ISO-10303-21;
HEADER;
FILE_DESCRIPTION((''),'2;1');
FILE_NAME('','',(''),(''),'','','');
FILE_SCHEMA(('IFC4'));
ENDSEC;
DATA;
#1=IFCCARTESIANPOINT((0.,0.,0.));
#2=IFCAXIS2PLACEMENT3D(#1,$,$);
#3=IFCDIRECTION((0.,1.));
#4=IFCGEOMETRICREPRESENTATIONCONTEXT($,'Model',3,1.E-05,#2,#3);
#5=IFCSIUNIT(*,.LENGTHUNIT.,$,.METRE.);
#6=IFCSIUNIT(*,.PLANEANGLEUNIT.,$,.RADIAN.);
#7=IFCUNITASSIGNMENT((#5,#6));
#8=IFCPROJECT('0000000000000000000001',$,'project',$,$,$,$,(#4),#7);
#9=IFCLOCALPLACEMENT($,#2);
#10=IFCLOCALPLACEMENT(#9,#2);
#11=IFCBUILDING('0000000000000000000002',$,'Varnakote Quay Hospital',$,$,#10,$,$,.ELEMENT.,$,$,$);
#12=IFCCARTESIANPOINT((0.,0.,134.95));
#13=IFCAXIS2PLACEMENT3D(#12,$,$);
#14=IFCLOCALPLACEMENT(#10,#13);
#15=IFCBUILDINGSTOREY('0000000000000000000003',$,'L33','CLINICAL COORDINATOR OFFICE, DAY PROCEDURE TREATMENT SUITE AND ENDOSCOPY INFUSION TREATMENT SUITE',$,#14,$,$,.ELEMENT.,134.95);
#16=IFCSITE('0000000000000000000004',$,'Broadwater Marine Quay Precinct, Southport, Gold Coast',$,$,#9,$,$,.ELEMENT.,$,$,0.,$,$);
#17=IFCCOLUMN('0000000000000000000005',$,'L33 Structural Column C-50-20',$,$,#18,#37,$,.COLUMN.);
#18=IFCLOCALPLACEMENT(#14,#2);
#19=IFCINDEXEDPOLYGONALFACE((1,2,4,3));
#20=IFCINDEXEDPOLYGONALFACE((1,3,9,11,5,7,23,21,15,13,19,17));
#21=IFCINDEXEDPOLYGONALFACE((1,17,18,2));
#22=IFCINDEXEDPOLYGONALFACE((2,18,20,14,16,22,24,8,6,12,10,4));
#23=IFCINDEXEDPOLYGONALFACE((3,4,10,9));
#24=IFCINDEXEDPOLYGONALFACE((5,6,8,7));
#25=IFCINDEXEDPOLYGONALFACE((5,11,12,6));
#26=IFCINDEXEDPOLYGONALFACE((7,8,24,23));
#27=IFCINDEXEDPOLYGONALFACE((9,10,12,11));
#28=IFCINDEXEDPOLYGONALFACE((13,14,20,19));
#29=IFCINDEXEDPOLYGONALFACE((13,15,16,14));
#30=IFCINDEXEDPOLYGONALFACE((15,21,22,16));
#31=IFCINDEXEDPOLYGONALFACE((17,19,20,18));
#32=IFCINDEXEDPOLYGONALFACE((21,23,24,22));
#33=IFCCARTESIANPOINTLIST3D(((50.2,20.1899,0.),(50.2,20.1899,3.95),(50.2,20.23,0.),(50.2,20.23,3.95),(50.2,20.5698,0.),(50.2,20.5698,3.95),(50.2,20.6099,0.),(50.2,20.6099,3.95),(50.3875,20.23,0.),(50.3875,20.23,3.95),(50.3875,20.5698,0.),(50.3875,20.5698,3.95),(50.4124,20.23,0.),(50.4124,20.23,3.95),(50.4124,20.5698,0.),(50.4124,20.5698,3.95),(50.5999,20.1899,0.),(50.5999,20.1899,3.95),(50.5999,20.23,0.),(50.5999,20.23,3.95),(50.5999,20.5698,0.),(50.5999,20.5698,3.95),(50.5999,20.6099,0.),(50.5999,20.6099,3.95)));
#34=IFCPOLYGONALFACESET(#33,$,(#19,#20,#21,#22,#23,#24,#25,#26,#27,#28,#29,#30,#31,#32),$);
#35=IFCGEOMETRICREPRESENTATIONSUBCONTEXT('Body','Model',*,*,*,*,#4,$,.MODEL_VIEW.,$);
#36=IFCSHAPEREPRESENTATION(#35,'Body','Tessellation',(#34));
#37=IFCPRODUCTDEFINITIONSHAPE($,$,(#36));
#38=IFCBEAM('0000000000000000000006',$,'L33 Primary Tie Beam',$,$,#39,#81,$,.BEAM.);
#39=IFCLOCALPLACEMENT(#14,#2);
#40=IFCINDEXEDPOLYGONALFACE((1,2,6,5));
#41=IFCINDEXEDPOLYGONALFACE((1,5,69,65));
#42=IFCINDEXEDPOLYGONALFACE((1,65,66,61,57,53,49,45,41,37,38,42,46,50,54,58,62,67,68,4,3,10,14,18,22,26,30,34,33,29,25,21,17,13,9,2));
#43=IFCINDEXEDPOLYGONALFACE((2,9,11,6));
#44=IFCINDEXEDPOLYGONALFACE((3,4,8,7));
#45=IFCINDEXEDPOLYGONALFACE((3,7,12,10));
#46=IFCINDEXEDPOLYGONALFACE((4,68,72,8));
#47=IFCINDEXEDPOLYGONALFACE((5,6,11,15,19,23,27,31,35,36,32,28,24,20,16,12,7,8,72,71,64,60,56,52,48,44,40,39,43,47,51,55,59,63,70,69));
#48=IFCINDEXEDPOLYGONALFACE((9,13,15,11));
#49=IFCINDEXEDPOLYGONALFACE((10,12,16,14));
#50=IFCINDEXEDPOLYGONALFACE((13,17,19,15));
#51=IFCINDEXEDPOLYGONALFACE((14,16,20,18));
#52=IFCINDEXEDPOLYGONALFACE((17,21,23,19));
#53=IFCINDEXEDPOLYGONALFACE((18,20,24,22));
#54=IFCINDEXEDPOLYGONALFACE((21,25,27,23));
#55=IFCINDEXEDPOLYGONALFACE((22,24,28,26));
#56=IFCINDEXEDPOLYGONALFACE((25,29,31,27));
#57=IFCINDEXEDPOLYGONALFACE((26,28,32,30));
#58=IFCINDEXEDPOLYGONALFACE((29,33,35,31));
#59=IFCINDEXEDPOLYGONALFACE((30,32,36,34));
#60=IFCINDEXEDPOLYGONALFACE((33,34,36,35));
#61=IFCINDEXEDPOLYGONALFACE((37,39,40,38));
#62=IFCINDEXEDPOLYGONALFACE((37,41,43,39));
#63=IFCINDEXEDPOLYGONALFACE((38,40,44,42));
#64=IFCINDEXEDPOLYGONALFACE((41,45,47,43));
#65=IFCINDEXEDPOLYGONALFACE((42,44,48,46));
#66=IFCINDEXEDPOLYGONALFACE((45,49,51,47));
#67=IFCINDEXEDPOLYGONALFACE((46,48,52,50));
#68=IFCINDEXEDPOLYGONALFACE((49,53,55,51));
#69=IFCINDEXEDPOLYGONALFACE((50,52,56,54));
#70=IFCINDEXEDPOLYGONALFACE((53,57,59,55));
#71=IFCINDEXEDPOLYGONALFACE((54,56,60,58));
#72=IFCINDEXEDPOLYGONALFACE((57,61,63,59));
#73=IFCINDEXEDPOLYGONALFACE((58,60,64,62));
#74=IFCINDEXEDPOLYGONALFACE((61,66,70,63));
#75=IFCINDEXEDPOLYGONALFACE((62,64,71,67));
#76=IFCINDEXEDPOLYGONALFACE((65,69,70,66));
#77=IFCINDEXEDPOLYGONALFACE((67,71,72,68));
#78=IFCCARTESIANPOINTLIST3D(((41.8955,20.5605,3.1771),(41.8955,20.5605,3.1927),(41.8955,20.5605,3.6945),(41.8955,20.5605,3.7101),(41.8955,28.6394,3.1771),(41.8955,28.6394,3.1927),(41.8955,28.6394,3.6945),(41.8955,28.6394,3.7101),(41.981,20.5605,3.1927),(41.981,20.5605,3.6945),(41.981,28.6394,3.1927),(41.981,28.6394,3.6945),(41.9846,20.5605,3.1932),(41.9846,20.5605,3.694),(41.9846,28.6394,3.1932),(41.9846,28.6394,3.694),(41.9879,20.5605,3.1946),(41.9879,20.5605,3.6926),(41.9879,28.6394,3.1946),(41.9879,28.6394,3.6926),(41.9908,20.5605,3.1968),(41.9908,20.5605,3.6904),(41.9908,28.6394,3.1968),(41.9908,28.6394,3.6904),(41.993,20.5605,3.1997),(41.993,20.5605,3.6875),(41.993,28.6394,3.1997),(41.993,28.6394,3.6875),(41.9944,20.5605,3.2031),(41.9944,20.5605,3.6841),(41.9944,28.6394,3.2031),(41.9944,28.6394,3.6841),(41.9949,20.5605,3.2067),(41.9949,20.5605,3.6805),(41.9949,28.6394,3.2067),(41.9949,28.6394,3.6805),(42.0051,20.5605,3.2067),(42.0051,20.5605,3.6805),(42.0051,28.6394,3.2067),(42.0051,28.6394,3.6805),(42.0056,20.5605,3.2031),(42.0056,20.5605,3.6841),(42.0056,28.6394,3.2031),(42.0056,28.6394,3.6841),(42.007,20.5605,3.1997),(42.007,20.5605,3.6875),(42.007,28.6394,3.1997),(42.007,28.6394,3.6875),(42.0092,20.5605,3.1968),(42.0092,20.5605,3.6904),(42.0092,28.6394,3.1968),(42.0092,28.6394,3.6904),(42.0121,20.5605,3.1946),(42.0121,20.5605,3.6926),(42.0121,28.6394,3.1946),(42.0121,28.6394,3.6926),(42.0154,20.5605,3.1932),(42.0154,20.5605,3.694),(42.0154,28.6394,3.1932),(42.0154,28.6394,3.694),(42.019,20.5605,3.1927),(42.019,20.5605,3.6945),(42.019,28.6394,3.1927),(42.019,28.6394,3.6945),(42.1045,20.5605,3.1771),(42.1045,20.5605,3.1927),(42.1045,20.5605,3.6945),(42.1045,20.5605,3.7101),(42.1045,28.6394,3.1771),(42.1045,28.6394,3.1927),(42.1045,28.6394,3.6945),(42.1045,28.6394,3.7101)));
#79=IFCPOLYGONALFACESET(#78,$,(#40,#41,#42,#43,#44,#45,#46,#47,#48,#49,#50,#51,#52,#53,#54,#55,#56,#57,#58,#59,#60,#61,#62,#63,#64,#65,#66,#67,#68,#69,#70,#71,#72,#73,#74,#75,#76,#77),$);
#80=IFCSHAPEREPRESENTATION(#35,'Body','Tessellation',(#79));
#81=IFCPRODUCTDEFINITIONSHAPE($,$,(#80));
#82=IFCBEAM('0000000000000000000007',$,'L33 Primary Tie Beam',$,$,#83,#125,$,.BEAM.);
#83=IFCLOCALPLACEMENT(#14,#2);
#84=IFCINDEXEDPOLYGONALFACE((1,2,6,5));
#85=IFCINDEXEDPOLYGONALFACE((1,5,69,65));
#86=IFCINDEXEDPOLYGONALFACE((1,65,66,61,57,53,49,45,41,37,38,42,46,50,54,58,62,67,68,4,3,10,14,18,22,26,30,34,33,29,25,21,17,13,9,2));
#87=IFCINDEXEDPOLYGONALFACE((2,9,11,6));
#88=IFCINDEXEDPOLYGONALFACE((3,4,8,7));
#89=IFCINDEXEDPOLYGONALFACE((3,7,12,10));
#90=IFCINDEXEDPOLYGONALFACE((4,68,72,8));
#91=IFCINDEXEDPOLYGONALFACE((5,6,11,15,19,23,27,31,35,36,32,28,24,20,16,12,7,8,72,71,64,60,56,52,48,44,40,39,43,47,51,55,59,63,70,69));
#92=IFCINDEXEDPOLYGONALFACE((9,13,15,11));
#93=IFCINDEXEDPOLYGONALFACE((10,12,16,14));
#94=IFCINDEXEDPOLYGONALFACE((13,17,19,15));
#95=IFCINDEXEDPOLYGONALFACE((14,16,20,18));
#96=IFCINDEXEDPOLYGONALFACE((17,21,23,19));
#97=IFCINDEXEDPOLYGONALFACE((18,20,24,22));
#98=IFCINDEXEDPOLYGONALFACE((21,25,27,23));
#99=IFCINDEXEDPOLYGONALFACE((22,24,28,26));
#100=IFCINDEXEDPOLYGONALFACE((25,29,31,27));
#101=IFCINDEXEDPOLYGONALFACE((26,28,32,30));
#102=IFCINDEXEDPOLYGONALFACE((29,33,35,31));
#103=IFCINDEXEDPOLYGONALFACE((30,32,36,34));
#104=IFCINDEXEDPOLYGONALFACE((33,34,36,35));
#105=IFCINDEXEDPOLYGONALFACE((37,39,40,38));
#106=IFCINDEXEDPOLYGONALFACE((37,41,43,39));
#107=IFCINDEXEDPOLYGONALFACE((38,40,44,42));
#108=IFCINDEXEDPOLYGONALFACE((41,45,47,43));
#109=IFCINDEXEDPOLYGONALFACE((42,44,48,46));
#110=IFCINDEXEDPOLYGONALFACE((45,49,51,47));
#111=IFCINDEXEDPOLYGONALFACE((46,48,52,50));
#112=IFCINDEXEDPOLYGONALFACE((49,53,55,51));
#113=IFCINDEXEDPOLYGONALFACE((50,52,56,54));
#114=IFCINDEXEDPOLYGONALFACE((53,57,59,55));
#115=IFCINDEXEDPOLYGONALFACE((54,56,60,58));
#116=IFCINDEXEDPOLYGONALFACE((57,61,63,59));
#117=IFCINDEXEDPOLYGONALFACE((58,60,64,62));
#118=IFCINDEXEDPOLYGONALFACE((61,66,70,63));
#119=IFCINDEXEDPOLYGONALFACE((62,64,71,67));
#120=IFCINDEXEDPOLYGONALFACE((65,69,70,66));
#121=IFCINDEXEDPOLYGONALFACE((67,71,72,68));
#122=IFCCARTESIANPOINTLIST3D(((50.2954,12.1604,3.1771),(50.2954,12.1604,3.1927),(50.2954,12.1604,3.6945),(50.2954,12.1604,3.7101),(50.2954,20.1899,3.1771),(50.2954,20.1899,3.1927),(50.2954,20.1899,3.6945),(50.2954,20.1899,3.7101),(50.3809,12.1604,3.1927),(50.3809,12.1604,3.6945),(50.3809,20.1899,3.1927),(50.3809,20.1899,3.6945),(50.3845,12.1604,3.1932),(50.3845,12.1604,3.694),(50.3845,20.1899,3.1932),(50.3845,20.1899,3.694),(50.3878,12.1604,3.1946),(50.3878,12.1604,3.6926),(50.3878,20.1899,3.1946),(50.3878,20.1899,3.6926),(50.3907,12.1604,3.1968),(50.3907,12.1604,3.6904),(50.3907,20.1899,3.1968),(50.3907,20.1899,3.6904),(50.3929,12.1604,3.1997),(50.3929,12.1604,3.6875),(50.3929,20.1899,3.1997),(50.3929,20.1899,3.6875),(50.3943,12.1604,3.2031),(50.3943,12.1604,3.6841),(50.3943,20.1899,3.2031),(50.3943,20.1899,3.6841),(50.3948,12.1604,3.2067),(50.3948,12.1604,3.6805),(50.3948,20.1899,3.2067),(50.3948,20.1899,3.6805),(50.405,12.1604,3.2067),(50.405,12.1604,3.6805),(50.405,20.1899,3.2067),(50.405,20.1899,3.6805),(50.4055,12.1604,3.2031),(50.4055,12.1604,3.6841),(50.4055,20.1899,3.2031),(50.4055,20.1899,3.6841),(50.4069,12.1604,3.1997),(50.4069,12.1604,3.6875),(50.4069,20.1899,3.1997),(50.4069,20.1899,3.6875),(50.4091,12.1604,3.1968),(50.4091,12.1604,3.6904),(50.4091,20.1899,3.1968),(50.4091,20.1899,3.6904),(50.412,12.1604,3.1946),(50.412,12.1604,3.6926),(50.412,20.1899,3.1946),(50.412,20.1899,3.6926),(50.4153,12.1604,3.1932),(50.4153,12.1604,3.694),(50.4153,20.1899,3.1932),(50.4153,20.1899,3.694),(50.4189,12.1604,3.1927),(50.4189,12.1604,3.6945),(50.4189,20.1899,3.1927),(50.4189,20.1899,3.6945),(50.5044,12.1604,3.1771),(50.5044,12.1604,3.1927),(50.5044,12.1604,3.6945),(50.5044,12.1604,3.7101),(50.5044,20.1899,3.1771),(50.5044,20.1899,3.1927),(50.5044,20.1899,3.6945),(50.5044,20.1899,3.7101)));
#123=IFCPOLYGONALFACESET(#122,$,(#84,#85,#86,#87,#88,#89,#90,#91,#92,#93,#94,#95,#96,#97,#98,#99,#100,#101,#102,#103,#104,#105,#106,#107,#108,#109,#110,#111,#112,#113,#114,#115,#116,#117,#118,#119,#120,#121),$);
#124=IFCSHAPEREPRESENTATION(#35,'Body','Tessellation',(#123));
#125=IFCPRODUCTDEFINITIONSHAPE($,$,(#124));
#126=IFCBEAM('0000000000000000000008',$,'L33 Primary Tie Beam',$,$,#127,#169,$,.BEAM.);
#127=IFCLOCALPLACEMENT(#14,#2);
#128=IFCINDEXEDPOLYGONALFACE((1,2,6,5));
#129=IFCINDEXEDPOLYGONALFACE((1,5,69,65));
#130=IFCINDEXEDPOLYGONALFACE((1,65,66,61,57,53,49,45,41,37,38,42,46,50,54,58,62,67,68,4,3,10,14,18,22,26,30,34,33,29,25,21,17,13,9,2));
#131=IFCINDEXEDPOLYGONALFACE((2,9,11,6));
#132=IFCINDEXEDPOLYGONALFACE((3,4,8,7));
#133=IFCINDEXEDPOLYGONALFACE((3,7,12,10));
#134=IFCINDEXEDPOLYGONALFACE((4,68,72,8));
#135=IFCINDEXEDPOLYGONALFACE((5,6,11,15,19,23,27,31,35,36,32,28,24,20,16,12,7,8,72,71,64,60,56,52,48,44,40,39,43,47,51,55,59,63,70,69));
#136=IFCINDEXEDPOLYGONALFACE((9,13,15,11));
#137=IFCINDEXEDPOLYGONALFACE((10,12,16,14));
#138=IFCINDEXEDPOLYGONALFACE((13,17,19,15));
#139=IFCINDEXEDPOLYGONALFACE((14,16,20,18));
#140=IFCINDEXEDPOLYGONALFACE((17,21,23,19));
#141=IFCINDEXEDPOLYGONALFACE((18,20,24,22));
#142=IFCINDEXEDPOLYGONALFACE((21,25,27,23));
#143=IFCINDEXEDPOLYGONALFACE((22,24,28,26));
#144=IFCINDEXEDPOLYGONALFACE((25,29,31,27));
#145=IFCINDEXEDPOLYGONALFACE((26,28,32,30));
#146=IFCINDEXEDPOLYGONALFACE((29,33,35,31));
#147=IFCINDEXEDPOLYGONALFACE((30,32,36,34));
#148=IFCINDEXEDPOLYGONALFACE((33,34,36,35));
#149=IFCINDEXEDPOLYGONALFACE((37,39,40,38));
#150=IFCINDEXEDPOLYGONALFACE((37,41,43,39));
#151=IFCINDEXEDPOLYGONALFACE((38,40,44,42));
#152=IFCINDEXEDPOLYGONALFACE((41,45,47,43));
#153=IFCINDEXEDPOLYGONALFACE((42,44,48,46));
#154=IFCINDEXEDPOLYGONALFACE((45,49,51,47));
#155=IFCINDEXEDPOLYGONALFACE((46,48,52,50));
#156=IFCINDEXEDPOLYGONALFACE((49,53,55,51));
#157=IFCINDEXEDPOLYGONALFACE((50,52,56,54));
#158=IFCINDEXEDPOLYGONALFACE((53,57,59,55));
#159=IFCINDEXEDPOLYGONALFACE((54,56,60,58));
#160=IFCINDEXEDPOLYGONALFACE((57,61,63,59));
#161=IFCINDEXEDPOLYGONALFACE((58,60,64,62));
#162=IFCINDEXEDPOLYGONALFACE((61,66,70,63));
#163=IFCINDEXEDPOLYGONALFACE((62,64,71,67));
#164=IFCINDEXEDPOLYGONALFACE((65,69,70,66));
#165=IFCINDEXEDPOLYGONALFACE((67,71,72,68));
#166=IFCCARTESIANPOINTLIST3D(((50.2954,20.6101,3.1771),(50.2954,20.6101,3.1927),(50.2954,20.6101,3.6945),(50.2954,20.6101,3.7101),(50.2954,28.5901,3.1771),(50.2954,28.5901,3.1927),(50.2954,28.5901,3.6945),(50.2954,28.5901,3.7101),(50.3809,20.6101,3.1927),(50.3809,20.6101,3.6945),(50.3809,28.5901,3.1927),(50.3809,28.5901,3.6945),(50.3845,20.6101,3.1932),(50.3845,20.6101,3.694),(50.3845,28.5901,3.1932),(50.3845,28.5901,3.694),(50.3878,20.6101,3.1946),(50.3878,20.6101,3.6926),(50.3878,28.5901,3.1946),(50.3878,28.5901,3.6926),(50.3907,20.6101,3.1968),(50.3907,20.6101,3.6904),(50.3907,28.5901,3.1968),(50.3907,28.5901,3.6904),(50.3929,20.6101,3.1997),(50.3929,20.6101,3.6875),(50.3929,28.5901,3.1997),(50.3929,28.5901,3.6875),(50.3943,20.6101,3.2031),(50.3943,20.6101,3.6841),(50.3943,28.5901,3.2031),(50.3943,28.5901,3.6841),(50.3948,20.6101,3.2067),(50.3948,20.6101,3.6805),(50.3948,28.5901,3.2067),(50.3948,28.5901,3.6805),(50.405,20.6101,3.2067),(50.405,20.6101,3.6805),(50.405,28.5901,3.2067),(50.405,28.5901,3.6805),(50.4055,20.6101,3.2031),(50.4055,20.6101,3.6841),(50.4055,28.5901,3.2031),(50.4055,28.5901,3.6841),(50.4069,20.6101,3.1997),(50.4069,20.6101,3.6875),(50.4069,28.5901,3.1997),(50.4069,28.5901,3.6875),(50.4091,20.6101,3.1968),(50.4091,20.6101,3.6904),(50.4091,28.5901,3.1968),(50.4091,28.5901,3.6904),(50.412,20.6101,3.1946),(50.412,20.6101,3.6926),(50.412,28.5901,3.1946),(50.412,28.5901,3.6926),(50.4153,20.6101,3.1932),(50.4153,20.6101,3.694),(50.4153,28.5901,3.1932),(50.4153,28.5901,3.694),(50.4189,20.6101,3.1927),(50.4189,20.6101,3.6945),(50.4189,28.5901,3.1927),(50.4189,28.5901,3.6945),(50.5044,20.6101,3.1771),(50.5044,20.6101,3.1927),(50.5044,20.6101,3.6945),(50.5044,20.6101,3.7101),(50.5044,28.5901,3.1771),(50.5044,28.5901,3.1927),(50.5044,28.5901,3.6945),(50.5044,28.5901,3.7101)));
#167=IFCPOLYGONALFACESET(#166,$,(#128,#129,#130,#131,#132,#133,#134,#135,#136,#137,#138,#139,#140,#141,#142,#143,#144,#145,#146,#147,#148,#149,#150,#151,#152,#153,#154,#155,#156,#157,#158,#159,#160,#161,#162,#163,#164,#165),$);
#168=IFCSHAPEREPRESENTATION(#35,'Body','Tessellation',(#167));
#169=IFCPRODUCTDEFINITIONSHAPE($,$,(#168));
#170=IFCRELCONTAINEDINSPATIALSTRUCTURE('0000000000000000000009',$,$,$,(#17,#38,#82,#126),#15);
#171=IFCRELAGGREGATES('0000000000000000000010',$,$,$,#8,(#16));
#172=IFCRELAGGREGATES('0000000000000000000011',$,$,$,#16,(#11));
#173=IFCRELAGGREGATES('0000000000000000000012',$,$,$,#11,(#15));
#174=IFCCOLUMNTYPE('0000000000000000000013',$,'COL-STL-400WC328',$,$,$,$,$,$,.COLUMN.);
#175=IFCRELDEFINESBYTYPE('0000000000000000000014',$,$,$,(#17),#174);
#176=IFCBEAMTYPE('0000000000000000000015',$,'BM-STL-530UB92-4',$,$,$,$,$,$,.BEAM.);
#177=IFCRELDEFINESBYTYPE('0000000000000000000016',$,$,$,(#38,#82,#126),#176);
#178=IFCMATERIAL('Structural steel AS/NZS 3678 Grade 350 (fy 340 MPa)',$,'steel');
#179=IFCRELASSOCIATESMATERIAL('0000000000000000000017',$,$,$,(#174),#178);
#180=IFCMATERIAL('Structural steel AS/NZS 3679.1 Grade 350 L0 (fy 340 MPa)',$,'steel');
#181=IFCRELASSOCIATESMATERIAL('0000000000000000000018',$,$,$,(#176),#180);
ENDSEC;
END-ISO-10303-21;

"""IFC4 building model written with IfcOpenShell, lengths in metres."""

from ifc_helpers import new_model, si_unit, direction, frame, origin, origin_2d, place, context, subcontext, project, spatial, i_section, extrude, material, material_profile, profile_set, type_object, element, save


model = new_model("IFC4")

# Units and contexts
model_context = context("Model", 3, precision=1e-05, world=origin(), true_north=direction((0.0, 1.0)))
body_context = subcontext(model_context, "Body", "Model", "MODEL_VIEW")
ifc_project = project(units=[si_unit("LENGTHUNIT", "METRE"), si_unit("PLANEANGLEUNIT", "RADIAN")], contexts=[model_context])

# Site, building, storey
site_placement = place(None, origin())
site = spatial("IfcSite", under=ifc_project, at=site_placement, Name="Broadwater Marine Quay Precinct, Southport, Gold Coast", CompositionType="ELEMENT", RefElevation=0.0)
building_placement = place(site_placement, origin())
building = spatial("IfcBuilding", under=site, at=building_placement, Name="Varnakote Quay Hospital", CompositionType="ELEMENT")
storey_placement = place(building_placement, frame((0.0, 0.0, 134.95)))
storey = spatial("IfcBuildingStorey", under=building, at=storey_placement, Name="L33", Description="CLINICAL COORDINATOR OFFICE, DAY PROCEDURE TREATMENT SUITE AND ENDOSCOPY INFUSION TREATMENT SUITE", CompositionType="ELEMENT", Elevation=134.95)

# Column
ifc_material_1 = material(Name="Structural steel AS/NZS 3678 Grade 350 (fy 340 MPa)", Category="steel")
ifc_material_profile_1 = material_profile(ifc_material_1, i_section(OverallWidth=0.3999, OverallDepth=0.4199, WebThickness=0.0249, FlangeThickness=0.04, at=origin_2d()), Name="400WC328")
ifc_profile_set_1 = profile_set([ifc_material_profile_1], Name="Structural steel AS/NZS 3678 Grade 350 (fy 340 MPa)")
column_type = type_object("IfcColumnType", Name="COL-STL-400WC328", PredefinedType="COLUMN", material=ifc_profile_set_1)
column_placement = place(storey_placement, frame((50.3999, 20.3999, 0.0), z_axis=(0.0, 0.0, 1.0), x_axis=(1.0, 0.0, 0.0)))
element("IfcColumn", 1, at=column_placement, inside=storey, type_object=column_type, Name="L33 Structural Column C-50-20", PredefinedType="COLUMN", context=body_context, shape_type="SweptSolid", body=[
    extrude(i_section(OverallWidth=0.3999, OverallDepth=0.4199, WebThickness=0.0249, FlangeThickness=0.04, at=origin_2d()), origin(), (0.0, 0.0, 1.0), 3.95),
])

# Beams
ifc_material_2 = material(Name="Structural steel AS/NZS 3679.1 Grade 350 L0 (fy 340 MPa)", Category="steel")
ifc_material_profile_2 = material_profile(ifc_material_2, i_section(OverallWidth=0.209, OverallDepth=0.533, WebThickness=0.0103, FlangeThickness=0.0156, FilletRadius=0.0139, at=origin_2d()), Name="530UB92.4")
ifc_profile_set_2 = profile_set([ifc_material_profile_2], Name="Structural steel AS/NZS 3679.1 Grade 350 L0 (fy 340 MPa)")
beam_type_1 = type_object("IfcBeamType", Name="BM-STL-530UB92-4", PredefinedType="BEAM", material=ifc_profile_set_2)
beam_1_placement = place(storey_placement, frame((42.0, 20.5605, 3.4436), z_axis=(0.0, 1.0, 0.0), x_axis=(-1.0, 0.0, 0.0)))
element("IfcBeam", 2, at=beam_1_placement, inside=storey, type_object=beam_type_1, Name="L33 Primary Tie Beam", PredefinedType="BEAM", context=body_context, shape_type="SweptSolid", body=[
    extrude(i_section(OverallWidth=0.209, OverallDepth=0.533, WebThickness=0.0103, FlangeThickness=0.0156, FilletRadius=0.0139, at=origin_2d()), origin(), (0.0, 0.0, 1.0), 8.0789),
])
beam_2_placement = place(storey_placement, frame((50.3999, 12.1604, 3.4436), z_axis=(0.0, 1.0, 0.0), x_axis=(-1.0, 0.0, 0.0)))
element("IfcBeam", 3, at=beam_2_placement, inside=storey, type_object=beam_type_1, Name="L33 Primary Tie Beam", PredefinedType="BEAM", context=body_context, shape_type="SweptSolid", body=[
    extrude(i_section(OverallWidth=0.209, OverallDepth=0.533, WebThickness=0.0103, FlangeThickness=0.0156, FilletRadius=0.0139, at=origin_2d()), origin(), (0.0, 0.0, 1.0), 8.0295),
])
beam_3_placement = place(storey_placement, frame((50.3999, 20.6101, 3.4436), z_axis=(0.0, 1.0, 0.0), x_axis=(-1.0, 0.0, 0.0)))
element("IfcBeam", 4, at=beam_3_placement, inside=storey, type_object=beam_type_1, Name="L33 Primary Tie Beam", PredefinedType="BEAM", context=body_context, shape_type="SweptSolid", body=[
    extrude(i_section(OverallWidth=0.209, OverallDepth=0.533, WebThickness=0.0103, FlangeThickness=0.0156, FilletRadius=0.0139, at=origin_2d()), origin(), (0.0, 0.0, 1.0), 7.98),
])

save(model, "model.ifc")
